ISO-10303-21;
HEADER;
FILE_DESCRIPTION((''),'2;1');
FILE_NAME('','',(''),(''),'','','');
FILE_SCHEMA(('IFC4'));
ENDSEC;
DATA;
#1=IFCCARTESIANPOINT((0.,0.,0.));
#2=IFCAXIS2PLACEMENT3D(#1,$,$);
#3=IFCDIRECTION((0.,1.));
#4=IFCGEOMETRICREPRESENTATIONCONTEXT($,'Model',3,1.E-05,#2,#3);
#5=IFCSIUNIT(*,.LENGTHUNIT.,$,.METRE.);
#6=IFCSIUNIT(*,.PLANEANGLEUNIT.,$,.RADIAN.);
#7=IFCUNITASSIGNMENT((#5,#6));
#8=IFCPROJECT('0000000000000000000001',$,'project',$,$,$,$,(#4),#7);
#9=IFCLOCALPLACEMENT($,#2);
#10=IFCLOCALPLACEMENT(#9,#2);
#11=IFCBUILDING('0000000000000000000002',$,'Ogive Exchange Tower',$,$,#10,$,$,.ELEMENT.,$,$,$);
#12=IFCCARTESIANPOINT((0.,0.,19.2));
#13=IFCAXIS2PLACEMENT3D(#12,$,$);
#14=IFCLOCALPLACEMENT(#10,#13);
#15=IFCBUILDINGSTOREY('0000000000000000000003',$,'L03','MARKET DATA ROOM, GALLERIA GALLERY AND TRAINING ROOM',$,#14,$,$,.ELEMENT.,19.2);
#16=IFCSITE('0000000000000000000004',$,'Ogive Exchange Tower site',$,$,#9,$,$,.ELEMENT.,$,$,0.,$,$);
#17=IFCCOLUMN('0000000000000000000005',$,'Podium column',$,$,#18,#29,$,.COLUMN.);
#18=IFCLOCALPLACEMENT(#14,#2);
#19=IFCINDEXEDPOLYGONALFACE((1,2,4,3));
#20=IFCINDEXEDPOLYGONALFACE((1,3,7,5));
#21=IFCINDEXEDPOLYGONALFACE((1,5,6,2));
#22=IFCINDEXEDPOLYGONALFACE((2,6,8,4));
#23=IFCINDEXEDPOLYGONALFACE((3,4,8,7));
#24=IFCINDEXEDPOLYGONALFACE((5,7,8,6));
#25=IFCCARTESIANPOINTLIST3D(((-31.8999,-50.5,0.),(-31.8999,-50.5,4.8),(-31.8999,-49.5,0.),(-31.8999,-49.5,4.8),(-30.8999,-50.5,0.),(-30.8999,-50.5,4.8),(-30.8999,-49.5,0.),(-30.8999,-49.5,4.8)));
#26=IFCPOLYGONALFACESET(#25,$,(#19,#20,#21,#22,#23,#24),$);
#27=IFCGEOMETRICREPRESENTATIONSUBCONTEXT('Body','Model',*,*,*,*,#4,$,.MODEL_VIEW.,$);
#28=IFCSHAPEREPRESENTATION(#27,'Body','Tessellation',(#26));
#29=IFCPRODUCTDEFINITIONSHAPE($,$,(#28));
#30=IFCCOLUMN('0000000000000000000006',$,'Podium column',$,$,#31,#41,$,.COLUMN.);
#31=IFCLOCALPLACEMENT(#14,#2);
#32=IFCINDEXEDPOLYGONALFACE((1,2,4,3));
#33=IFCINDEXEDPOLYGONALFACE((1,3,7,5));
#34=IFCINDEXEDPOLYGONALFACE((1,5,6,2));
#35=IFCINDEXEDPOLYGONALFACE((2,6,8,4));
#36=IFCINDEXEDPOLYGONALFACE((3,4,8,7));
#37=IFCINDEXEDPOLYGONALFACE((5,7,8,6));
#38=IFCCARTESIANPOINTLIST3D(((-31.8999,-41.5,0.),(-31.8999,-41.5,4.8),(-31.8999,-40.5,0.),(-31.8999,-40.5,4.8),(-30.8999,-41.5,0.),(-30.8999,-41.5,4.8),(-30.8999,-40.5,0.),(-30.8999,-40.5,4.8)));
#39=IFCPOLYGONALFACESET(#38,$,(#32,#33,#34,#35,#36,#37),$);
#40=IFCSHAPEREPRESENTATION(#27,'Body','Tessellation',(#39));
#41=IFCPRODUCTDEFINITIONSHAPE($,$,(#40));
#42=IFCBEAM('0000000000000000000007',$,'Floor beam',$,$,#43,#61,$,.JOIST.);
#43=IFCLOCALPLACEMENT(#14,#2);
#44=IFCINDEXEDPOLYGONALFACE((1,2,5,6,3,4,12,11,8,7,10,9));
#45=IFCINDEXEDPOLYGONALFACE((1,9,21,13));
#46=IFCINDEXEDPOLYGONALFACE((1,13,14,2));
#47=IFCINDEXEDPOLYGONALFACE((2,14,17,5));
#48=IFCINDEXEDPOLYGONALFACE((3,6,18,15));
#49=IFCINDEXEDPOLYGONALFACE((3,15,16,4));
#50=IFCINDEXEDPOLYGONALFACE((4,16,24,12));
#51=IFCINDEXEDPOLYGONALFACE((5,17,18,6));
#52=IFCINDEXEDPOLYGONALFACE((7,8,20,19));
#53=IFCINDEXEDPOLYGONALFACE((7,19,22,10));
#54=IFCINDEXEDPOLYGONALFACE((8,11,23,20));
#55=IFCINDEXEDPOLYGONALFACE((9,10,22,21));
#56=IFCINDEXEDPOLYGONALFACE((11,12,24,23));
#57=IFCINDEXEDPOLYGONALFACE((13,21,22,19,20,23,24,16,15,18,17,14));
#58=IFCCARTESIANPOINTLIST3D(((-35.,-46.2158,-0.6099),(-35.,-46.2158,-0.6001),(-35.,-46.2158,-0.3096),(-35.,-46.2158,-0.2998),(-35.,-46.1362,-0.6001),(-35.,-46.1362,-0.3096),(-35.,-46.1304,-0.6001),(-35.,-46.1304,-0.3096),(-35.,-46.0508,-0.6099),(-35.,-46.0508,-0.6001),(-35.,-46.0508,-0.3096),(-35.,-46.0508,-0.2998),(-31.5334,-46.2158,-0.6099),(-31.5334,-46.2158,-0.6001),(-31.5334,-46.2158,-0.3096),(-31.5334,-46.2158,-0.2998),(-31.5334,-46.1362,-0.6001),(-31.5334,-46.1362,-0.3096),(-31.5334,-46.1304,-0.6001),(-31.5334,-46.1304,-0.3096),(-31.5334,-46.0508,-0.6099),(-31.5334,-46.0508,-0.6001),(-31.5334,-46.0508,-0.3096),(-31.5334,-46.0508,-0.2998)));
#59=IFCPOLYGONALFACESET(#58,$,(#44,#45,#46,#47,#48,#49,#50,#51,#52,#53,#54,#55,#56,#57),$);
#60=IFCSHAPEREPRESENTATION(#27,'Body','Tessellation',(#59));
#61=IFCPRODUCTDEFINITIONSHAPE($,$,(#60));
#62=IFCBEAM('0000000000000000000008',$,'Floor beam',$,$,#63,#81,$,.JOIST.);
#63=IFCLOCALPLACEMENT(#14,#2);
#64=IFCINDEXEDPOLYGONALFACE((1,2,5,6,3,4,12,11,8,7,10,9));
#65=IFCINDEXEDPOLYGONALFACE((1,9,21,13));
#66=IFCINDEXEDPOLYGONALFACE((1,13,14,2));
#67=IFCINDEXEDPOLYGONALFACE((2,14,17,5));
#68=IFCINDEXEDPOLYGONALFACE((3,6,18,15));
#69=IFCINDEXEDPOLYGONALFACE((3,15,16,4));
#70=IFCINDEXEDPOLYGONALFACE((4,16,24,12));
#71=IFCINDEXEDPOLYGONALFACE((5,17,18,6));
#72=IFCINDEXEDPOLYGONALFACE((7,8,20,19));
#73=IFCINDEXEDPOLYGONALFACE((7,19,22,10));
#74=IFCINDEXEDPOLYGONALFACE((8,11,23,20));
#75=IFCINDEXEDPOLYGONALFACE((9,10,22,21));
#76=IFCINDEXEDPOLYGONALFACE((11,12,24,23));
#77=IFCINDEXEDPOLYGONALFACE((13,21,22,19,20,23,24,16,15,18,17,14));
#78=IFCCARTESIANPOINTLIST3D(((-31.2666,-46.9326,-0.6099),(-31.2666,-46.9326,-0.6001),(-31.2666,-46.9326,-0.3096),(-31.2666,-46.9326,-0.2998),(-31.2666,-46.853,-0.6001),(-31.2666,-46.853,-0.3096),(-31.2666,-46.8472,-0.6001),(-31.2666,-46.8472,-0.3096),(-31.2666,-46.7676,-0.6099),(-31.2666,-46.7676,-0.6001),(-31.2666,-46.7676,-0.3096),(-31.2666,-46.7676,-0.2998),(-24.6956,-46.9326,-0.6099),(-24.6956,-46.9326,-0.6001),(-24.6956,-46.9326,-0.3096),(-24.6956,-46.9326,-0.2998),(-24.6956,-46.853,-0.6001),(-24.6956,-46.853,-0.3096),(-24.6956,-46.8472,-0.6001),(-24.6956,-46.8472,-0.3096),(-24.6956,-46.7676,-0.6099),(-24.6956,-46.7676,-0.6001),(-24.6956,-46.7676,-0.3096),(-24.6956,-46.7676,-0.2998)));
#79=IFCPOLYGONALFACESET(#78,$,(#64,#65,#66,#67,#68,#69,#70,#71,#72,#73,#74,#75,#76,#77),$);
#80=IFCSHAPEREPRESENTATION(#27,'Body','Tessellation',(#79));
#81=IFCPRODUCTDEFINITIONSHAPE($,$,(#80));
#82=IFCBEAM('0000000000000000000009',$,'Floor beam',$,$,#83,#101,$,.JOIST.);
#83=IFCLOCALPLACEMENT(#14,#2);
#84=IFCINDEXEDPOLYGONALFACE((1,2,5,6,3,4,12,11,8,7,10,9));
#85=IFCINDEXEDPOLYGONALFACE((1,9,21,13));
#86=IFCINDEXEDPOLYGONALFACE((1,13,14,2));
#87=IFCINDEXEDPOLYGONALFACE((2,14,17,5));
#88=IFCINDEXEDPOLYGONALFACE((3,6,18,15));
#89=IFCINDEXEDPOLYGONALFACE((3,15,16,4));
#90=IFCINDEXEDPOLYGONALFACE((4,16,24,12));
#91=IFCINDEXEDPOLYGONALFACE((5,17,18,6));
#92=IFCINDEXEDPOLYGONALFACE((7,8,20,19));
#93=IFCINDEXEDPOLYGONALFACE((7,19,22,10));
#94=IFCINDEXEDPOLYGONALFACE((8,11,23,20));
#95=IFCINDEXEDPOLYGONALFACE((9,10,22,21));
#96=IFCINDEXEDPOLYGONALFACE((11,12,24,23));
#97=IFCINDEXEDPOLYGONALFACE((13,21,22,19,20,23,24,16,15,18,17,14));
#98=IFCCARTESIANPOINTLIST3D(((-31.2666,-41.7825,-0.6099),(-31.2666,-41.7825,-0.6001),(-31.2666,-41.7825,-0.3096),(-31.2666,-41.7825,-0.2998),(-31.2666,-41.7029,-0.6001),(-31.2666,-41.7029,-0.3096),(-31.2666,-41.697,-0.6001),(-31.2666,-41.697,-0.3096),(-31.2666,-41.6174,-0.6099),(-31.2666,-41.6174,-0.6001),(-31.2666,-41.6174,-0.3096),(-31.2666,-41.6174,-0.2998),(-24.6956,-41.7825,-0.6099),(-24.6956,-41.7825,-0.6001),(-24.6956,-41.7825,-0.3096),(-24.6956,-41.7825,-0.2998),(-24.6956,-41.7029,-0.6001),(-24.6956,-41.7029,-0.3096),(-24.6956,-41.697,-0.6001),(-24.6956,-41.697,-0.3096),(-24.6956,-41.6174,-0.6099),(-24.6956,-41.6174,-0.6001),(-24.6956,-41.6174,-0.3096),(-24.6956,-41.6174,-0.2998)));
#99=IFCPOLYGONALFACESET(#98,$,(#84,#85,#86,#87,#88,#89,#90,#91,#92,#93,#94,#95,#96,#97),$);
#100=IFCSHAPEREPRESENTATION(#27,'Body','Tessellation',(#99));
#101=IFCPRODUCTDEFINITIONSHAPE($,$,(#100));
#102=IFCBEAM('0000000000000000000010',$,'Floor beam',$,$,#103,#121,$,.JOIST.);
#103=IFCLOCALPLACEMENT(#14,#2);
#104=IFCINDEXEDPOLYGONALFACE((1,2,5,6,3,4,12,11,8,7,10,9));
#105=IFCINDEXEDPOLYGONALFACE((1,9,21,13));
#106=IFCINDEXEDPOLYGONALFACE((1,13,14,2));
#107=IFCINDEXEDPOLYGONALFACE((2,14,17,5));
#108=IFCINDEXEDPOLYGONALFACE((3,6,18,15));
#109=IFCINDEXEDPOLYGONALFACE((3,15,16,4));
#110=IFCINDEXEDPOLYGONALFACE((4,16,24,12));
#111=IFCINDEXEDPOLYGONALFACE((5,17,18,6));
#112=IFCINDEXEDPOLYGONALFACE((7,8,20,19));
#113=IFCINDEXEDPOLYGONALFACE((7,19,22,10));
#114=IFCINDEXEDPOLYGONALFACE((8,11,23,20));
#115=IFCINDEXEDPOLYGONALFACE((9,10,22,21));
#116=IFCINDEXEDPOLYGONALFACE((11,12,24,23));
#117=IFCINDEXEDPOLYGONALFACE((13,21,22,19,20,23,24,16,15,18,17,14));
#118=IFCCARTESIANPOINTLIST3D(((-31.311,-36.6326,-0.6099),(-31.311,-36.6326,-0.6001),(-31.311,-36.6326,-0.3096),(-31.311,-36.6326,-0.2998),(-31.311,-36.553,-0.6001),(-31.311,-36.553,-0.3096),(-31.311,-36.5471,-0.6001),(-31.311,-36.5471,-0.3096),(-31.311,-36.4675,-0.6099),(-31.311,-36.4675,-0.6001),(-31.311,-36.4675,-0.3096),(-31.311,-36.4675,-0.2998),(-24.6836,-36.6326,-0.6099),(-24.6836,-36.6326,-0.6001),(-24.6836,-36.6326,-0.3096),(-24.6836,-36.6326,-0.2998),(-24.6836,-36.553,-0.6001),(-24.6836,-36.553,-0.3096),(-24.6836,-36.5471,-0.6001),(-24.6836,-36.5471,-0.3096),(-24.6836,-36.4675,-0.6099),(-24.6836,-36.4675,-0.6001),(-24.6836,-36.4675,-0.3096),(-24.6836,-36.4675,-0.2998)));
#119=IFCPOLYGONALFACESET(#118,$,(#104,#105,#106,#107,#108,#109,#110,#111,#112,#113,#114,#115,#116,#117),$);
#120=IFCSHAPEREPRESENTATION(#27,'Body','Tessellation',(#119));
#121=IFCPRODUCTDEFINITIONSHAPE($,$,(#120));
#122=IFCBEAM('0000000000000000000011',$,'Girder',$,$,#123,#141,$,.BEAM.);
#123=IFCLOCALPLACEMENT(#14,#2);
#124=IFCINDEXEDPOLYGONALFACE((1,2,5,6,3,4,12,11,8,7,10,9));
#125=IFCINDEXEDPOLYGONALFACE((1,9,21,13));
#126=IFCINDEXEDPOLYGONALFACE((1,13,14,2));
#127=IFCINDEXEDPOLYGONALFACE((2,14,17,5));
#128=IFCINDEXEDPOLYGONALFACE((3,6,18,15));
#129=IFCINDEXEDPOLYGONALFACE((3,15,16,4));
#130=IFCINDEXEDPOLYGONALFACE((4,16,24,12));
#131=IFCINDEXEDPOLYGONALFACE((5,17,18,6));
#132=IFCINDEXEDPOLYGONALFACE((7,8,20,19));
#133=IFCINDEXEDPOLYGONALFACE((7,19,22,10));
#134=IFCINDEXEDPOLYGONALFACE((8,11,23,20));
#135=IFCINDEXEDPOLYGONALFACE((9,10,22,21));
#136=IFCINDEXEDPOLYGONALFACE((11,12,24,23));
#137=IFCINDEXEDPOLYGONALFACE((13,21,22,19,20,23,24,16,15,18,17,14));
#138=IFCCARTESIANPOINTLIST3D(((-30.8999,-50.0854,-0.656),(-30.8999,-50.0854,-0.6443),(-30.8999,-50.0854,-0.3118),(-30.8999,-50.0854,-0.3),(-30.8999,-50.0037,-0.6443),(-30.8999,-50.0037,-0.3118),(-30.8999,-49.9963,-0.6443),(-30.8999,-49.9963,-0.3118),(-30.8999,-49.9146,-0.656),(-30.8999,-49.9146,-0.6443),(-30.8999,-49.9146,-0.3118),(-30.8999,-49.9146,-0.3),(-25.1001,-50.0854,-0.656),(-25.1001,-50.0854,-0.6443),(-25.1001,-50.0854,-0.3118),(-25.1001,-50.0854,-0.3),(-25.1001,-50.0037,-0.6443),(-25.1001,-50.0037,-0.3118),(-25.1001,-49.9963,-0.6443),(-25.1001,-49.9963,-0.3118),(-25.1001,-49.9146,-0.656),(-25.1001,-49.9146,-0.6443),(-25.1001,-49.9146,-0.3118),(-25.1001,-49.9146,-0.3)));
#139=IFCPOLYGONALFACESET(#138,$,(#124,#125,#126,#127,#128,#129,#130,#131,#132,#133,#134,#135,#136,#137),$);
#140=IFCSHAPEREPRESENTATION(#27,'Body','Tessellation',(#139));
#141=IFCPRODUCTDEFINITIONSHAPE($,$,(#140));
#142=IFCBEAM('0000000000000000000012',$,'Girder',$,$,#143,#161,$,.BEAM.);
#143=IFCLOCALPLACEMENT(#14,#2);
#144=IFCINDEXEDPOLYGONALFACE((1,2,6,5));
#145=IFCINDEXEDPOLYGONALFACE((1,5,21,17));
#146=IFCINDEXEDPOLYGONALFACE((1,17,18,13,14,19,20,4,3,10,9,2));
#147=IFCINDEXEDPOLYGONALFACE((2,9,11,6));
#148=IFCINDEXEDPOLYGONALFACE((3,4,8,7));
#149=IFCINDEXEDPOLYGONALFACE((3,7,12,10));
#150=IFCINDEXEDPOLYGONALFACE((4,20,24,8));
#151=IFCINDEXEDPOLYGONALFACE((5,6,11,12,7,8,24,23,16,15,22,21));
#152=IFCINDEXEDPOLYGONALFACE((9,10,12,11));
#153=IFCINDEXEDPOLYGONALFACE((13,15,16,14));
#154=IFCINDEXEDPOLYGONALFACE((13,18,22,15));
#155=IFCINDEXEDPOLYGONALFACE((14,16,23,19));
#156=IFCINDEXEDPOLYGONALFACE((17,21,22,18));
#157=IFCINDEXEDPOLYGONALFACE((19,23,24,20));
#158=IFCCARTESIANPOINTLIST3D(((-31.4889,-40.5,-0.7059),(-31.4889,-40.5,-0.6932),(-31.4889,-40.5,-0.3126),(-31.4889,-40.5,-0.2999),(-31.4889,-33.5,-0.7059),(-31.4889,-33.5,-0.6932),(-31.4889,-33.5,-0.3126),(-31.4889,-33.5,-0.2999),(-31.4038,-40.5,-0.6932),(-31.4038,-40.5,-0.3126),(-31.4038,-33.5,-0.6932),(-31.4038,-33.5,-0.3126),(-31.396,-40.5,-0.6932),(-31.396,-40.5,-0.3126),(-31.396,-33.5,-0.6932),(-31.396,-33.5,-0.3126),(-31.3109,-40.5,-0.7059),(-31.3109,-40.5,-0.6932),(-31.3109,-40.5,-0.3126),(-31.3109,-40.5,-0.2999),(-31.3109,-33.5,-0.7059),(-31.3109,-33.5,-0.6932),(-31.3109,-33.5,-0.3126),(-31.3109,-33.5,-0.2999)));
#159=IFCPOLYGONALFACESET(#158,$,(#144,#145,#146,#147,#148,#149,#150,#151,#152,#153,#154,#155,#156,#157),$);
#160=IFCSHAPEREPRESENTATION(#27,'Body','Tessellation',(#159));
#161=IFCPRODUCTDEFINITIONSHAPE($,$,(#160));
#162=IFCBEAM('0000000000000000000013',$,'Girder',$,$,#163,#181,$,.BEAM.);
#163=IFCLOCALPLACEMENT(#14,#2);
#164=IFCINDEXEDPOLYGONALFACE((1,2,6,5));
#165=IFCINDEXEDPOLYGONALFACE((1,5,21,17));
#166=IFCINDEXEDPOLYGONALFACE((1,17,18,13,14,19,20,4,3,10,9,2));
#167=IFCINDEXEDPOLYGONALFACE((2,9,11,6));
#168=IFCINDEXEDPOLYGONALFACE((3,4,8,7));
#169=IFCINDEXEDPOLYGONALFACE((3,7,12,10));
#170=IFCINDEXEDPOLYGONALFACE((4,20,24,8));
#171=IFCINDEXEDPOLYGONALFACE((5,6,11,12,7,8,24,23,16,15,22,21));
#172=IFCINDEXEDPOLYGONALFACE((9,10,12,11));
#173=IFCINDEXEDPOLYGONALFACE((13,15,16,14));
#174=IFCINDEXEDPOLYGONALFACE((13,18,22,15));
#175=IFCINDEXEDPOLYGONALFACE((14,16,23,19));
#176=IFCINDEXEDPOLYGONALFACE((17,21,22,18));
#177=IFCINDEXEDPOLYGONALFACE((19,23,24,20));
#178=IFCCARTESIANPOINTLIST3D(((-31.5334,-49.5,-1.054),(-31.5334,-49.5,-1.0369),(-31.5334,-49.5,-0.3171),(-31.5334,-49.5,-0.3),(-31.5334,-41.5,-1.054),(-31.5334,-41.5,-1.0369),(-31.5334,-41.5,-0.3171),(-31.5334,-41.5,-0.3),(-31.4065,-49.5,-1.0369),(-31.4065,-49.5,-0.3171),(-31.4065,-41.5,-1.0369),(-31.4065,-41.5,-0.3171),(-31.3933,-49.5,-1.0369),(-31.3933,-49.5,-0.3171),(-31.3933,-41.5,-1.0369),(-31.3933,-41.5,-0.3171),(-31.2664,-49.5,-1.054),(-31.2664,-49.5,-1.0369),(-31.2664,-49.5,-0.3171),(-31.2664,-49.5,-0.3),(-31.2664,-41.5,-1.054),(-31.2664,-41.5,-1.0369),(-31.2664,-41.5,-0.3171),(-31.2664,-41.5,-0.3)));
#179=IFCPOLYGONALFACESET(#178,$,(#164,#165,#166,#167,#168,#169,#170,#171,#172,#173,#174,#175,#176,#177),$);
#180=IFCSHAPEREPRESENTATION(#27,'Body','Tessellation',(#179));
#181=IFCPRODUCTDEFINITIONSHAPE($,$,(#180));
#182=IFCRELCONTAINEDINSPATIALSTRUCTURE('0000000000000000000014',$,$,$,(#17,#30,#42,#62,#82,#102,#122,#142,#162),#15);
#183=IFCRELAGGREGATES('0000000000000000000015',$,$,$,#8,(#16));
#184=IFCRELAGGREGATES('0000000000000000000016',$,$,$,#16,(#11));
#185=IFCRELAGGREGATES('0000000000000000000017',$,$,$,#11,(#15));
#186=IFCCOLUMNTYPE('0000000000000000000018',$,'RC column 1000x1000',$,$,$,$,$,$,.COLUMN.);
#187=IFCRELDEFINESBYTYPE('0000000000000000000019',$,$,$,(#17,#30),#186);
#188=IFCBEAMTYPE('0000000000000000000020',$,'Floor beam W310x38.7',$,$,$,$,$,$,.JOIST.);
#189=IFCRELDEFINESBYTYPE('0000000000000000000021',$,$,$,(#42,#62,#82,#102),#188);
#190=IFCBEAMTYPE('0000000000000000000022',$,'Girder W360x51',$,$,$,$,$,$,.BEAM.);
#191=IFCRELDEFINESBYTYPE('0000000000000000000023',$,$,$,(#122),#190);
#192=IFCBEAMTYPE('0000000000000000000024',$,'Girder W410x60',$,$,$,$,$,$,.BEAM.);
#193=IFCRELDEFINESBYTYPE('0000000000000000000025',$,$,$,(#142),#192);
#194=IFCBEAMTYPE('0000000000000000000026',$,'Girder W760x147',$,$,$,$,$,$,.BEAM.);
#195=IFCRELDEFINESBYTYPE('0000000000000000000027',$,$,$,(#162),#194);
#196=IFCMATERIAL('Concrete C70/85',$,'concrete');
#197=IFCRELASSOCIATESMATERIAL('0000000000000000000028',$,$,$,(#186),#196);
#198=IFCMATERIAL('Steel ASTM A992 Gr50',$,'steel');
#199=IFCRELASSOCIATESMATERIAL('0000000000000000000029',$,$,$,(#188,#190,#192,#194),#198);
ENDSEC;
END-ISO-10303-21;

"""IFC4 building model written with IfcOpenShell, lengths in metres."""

from ifc_helpers import new_model, si_unit, direction, frame, origin, origin_2d, place, context, subcontext, project, spatial, rectangle, i_section, extrude, material, material_profile, profile_set, type_object, element, save


model = new_model("IFC4")

# Units and contexts
model_context = context("Model", 3, precision=1e-05, world=origin(), true_north=direction((0.0, 1.0)))
body_context = subcontext(model_context, "Body", "Model", "MODEL_VIEW")
ifc_project = project(units=[si_unit("LENGTHUNIT", "METRE"), si_unit("PLANEANGLEUNIT", "RADIAN")], contexts=[model_context])

# Site, building, storey
site_placement = place(None, origin())
site = spatial("IfcSite", under=ifc_project, at=site_placement, Name="Ogive Exchange Tower site", CompositionType="ELEMENT", RefElevation=0.0)
building_placement = place(site_placement, origin())
building = spatial("IfcBuilding", under=site, at=building_placement, Name="Ogive Exchange Tower", CompositionType="ELEMENT")
storey_placement = place(building_placement, frame((0.0, 0.0, 19.2)))
storey = spatial("IfcBuildingStorey", under=building, at=storey_placement, Name="L03", Description="MARKET DATA ROOM, GALLERIA GALLERY AND TRAINING ROOM", CompositionType="ELEMENT", Elevation=19.2)

# Columns
ifc_material_1 = material(Name="Concrete C70/85", Category="concrete")
ifc_material_profile_1 = material_profile(ifc_material_1, rectangle(XDim=1.0, YDim=1.0, at=origin_2d()), Name="RC 1000x1000")
ifc_profile_set_1 = profile_set([ifc_material_profile_1], Name="Concrete C70/85")
column_type = type_object("IfcColumnType", Name="RC column 1000x1000", PredefinedType="COLUMN", material=ifc_profile_set_1)
for number, where, z_axis, x_axis, name in (
    (1, (-31.3999, -50.0, 0.0), (0.0, 0.0, 1.0), (1.0, 0.0, 0.0), "Podium column"),
    (2, (-31.3999, -41.0, 0.0), (0.0, 0.0, 1.0), (1.0, 0.0, 0.0), "Podium column"),
):
    element("IfcColumn", number, at=place(storey_placement, frame(where, z_axis=z_axis, x_axis=x_axis)), inside=storey, type_object=column_type, Name=name, PredefinedType="COLUMN", context=body_context, shape_type="SweptSolid", body=[
        extrude(rectangle(XDim=1.0, YDim=1.0, at=origin_2d()), origin(), (0.0, 0.0, 1.0), 4.8),
    ])

# Beams
ifc_material_2 = material(Name="Steel ASTM A992 Gr50", Category="steel")
ifc_material_profile_2 = material_profile(ifc_material_2, i_section(OverallWidth=0.165, OverallDepth=0.3101, WebThickness=0.0059, FlangeThickness=0.0098, at=origin_2d()), Name="W310x38.7")
ifc_profile_set_2 = profile_set([ifc_material_profile_2], Name="Steel ASTM A992 Gr50")
beam_type_1 = type_object("IfcBeamType", Name="Floor beam W310x38.7", PredefinedType="JOIST", material=ifc_profile_set_2)
beam_1_placement = place(storey_placement, frame((-35.0, -46.1333, -0.4548), z_axis=(1.0, 0.0, 0.0), x_axis=(0.0, 1.0, 0.0)))
element("IfcBeam", 3, at=beam_1_placement, inside=storey, type_object=beam_type_1, Name="Floor beam", PredefinedType="JOIST", context=body_context, shape_type="SweptSolid", body=[
    extrude(i_section(OverallWidth=0.165, OverallDepth=0.3101, WebThickness=0.0059, FlangeThickness=0.0098, at=origin_2d()), origin(), (0.0, 0.0, 1.0), 3.4666),
])
for number, where, z_axis, x_axis, name in (
    (4, (-31.2666, -46.8501, -0.4548), (1.0, 0.0, 0.0), (0.0, 1.0, 0.0), "Floor beam"),
    (5, (-31.2666, -41.7, -0.4548), (1.0, 0.0, 0.0), (0.0, 1.0, 0.0), "Floor beam"),
):
    element("IfcBeam", number, at=place(storey_placement, frame(where, z_axis=z_axis, x_axis=x_axis)), inside=storey, type_object=beam_type_1, Name=name, PredefinedType="JOIST", context=body_context, shape_type="SweptSolid", body=[
        extrude(i_section(OverallWidth=0.165, OverallDepth=0.3101, WebThickness=0.0059, FlangeThickness=0.0098, at=origin_2d()), origin(), (0.0, 0.0, 1.0), 6.571),
    ])
beam_2_placement = place(storey_placement, frame((-31.311, -36.55, -0.4548), z_axis=(1.0, 0.0, 0.0), x_axis=(0.0, 1.0, 0.0)))
element("IfcBeam", 6, at=beam_2_placement, inside=storey, type_object=beam_type_1, Name="Floor beam", PredefinedType="JOIST", context=body_context, shape_type="SweptSolid", body=[
    extrude(i_section(OverallWidth=0.165, OverallDepth=0.3101, WebThickness=0.0059, FlangeThickness=0.0098, at=origin_2d()), origin(), (0.0, 0.0, 1.0), 6.6274),
])
ifc_material_profile_3 = material_profile(ifc_material_2, i_section(OverallWidth=0.1709, OverallDepth=0.356, WebThickness=0.0073, FlangeThickness=0.0117, at=origin_2d()), Name="W360x51")
ifc_profile_set_3 = profile_set([ifc_material_profile_3], Name="Steel ASTM A992 Gr50")
beam_type_2 = type_object("IfcBeamType", Name="Girder W360x51", PredefinedType="BEAM", material=ifc_profile_set_3)
beam_3_placement = place(storey_placement, frame((-30.8999, -50.0, -0.478), z_axis=(1.0, 0.0, 0.0), x_axis=(0.0, 1.0, 0.0)))
element("IfcBeam", 7, at=beam_3_placement, inside=storey, type_object=beam_type_2, Name="Girder", PredefinedType="BEAM", context=body_context, shape_type="SweptSolid", body=[
    extrude(i_section(OverallWidth=0.1709, OverallDepth=0.356, WebThickness=0.0073, FlangeThickness=0.0117, at=origin_2d()), origin(), (0.0, 0.0, 1.0), 5.7998),
])
ifc_material_profile_4 = material_profile(ifc_material_2, i_section(OverallWidth=0.178, OverallDepth=0.406, WebThickness=0.0078, FlangeThickness=0.0127, at=origin_2d()), Name="W410x60")
ifc_profile_set_4 = profile_set([ifc_material_profile_4], Name="Steel ASTM A992 Gr50")
beam_type_3 = type_object("IfcBeamType", Name="Girder W410x60", PredefinedType="BEAM", material=ifc_profile_set_4)
beam_4_placement = place(storey_placement, frame((-31.3999, -40.5, -0.5029), z_axis=(0.0, 1.0, 0.0), x_axis=(-1.0, 0.0, 0.0)))
element("IfcBeam", 8, at=beam_4_placement, inside=storey, type_object=beam_type_3, Name="Girder", PredefinedType="BEAM", context=body_context, shape_type="SweptSolid", body=[
    extrude(i_section(OverallWidth=0.178, OverallDepth=0.406, WebThickness=0.0078, FlangeThickness=0.0127, at=origin_2d()), origin(), (0.0, 0.0, 1.0), 7.0),
])
ifc_material_profile_5 = material_profile(ifc_material_2, i_section(OverallWidth=0.2671, OverallDepth=0.7539, WebThickness=0.0132, FlangeThickness=0.0171, at=origin_2d()), Name="W760x147")
ifc_profile_set_5 = profile_set([ifc_material_profile_5], Name="Steel ASTM A992 Gr50")
beam_type_4 = type_object("IfcBeamType", Name="Girder W760x147", PredefinedType="BEAM", material=ifc_profile_set_5)
beam_5_placement = place(storey_placement, frame((-31.3999, -49.5, -0.677), z_axis=(0.0, 1.0, 0.0), x_axis=(-1.0, 0.0, 0.0)))
element("IfcBeam", 9, at=beam_5_placement, inside=storey, type_object=beam_type_4, Name="Girder", PredefinedType="BEAM", context=body_context, shape_type="SweptSolid", body=[
    extrude(i_section(OverallWidth=0.2671, OverallDepth=0.7539, WebThickness=0.0132, FlangeThickness=0.0171, at=origin_2d()), origin(), (0.0, 0.0, 1.0), 8.0),
])

save(model, "model.ifc")
